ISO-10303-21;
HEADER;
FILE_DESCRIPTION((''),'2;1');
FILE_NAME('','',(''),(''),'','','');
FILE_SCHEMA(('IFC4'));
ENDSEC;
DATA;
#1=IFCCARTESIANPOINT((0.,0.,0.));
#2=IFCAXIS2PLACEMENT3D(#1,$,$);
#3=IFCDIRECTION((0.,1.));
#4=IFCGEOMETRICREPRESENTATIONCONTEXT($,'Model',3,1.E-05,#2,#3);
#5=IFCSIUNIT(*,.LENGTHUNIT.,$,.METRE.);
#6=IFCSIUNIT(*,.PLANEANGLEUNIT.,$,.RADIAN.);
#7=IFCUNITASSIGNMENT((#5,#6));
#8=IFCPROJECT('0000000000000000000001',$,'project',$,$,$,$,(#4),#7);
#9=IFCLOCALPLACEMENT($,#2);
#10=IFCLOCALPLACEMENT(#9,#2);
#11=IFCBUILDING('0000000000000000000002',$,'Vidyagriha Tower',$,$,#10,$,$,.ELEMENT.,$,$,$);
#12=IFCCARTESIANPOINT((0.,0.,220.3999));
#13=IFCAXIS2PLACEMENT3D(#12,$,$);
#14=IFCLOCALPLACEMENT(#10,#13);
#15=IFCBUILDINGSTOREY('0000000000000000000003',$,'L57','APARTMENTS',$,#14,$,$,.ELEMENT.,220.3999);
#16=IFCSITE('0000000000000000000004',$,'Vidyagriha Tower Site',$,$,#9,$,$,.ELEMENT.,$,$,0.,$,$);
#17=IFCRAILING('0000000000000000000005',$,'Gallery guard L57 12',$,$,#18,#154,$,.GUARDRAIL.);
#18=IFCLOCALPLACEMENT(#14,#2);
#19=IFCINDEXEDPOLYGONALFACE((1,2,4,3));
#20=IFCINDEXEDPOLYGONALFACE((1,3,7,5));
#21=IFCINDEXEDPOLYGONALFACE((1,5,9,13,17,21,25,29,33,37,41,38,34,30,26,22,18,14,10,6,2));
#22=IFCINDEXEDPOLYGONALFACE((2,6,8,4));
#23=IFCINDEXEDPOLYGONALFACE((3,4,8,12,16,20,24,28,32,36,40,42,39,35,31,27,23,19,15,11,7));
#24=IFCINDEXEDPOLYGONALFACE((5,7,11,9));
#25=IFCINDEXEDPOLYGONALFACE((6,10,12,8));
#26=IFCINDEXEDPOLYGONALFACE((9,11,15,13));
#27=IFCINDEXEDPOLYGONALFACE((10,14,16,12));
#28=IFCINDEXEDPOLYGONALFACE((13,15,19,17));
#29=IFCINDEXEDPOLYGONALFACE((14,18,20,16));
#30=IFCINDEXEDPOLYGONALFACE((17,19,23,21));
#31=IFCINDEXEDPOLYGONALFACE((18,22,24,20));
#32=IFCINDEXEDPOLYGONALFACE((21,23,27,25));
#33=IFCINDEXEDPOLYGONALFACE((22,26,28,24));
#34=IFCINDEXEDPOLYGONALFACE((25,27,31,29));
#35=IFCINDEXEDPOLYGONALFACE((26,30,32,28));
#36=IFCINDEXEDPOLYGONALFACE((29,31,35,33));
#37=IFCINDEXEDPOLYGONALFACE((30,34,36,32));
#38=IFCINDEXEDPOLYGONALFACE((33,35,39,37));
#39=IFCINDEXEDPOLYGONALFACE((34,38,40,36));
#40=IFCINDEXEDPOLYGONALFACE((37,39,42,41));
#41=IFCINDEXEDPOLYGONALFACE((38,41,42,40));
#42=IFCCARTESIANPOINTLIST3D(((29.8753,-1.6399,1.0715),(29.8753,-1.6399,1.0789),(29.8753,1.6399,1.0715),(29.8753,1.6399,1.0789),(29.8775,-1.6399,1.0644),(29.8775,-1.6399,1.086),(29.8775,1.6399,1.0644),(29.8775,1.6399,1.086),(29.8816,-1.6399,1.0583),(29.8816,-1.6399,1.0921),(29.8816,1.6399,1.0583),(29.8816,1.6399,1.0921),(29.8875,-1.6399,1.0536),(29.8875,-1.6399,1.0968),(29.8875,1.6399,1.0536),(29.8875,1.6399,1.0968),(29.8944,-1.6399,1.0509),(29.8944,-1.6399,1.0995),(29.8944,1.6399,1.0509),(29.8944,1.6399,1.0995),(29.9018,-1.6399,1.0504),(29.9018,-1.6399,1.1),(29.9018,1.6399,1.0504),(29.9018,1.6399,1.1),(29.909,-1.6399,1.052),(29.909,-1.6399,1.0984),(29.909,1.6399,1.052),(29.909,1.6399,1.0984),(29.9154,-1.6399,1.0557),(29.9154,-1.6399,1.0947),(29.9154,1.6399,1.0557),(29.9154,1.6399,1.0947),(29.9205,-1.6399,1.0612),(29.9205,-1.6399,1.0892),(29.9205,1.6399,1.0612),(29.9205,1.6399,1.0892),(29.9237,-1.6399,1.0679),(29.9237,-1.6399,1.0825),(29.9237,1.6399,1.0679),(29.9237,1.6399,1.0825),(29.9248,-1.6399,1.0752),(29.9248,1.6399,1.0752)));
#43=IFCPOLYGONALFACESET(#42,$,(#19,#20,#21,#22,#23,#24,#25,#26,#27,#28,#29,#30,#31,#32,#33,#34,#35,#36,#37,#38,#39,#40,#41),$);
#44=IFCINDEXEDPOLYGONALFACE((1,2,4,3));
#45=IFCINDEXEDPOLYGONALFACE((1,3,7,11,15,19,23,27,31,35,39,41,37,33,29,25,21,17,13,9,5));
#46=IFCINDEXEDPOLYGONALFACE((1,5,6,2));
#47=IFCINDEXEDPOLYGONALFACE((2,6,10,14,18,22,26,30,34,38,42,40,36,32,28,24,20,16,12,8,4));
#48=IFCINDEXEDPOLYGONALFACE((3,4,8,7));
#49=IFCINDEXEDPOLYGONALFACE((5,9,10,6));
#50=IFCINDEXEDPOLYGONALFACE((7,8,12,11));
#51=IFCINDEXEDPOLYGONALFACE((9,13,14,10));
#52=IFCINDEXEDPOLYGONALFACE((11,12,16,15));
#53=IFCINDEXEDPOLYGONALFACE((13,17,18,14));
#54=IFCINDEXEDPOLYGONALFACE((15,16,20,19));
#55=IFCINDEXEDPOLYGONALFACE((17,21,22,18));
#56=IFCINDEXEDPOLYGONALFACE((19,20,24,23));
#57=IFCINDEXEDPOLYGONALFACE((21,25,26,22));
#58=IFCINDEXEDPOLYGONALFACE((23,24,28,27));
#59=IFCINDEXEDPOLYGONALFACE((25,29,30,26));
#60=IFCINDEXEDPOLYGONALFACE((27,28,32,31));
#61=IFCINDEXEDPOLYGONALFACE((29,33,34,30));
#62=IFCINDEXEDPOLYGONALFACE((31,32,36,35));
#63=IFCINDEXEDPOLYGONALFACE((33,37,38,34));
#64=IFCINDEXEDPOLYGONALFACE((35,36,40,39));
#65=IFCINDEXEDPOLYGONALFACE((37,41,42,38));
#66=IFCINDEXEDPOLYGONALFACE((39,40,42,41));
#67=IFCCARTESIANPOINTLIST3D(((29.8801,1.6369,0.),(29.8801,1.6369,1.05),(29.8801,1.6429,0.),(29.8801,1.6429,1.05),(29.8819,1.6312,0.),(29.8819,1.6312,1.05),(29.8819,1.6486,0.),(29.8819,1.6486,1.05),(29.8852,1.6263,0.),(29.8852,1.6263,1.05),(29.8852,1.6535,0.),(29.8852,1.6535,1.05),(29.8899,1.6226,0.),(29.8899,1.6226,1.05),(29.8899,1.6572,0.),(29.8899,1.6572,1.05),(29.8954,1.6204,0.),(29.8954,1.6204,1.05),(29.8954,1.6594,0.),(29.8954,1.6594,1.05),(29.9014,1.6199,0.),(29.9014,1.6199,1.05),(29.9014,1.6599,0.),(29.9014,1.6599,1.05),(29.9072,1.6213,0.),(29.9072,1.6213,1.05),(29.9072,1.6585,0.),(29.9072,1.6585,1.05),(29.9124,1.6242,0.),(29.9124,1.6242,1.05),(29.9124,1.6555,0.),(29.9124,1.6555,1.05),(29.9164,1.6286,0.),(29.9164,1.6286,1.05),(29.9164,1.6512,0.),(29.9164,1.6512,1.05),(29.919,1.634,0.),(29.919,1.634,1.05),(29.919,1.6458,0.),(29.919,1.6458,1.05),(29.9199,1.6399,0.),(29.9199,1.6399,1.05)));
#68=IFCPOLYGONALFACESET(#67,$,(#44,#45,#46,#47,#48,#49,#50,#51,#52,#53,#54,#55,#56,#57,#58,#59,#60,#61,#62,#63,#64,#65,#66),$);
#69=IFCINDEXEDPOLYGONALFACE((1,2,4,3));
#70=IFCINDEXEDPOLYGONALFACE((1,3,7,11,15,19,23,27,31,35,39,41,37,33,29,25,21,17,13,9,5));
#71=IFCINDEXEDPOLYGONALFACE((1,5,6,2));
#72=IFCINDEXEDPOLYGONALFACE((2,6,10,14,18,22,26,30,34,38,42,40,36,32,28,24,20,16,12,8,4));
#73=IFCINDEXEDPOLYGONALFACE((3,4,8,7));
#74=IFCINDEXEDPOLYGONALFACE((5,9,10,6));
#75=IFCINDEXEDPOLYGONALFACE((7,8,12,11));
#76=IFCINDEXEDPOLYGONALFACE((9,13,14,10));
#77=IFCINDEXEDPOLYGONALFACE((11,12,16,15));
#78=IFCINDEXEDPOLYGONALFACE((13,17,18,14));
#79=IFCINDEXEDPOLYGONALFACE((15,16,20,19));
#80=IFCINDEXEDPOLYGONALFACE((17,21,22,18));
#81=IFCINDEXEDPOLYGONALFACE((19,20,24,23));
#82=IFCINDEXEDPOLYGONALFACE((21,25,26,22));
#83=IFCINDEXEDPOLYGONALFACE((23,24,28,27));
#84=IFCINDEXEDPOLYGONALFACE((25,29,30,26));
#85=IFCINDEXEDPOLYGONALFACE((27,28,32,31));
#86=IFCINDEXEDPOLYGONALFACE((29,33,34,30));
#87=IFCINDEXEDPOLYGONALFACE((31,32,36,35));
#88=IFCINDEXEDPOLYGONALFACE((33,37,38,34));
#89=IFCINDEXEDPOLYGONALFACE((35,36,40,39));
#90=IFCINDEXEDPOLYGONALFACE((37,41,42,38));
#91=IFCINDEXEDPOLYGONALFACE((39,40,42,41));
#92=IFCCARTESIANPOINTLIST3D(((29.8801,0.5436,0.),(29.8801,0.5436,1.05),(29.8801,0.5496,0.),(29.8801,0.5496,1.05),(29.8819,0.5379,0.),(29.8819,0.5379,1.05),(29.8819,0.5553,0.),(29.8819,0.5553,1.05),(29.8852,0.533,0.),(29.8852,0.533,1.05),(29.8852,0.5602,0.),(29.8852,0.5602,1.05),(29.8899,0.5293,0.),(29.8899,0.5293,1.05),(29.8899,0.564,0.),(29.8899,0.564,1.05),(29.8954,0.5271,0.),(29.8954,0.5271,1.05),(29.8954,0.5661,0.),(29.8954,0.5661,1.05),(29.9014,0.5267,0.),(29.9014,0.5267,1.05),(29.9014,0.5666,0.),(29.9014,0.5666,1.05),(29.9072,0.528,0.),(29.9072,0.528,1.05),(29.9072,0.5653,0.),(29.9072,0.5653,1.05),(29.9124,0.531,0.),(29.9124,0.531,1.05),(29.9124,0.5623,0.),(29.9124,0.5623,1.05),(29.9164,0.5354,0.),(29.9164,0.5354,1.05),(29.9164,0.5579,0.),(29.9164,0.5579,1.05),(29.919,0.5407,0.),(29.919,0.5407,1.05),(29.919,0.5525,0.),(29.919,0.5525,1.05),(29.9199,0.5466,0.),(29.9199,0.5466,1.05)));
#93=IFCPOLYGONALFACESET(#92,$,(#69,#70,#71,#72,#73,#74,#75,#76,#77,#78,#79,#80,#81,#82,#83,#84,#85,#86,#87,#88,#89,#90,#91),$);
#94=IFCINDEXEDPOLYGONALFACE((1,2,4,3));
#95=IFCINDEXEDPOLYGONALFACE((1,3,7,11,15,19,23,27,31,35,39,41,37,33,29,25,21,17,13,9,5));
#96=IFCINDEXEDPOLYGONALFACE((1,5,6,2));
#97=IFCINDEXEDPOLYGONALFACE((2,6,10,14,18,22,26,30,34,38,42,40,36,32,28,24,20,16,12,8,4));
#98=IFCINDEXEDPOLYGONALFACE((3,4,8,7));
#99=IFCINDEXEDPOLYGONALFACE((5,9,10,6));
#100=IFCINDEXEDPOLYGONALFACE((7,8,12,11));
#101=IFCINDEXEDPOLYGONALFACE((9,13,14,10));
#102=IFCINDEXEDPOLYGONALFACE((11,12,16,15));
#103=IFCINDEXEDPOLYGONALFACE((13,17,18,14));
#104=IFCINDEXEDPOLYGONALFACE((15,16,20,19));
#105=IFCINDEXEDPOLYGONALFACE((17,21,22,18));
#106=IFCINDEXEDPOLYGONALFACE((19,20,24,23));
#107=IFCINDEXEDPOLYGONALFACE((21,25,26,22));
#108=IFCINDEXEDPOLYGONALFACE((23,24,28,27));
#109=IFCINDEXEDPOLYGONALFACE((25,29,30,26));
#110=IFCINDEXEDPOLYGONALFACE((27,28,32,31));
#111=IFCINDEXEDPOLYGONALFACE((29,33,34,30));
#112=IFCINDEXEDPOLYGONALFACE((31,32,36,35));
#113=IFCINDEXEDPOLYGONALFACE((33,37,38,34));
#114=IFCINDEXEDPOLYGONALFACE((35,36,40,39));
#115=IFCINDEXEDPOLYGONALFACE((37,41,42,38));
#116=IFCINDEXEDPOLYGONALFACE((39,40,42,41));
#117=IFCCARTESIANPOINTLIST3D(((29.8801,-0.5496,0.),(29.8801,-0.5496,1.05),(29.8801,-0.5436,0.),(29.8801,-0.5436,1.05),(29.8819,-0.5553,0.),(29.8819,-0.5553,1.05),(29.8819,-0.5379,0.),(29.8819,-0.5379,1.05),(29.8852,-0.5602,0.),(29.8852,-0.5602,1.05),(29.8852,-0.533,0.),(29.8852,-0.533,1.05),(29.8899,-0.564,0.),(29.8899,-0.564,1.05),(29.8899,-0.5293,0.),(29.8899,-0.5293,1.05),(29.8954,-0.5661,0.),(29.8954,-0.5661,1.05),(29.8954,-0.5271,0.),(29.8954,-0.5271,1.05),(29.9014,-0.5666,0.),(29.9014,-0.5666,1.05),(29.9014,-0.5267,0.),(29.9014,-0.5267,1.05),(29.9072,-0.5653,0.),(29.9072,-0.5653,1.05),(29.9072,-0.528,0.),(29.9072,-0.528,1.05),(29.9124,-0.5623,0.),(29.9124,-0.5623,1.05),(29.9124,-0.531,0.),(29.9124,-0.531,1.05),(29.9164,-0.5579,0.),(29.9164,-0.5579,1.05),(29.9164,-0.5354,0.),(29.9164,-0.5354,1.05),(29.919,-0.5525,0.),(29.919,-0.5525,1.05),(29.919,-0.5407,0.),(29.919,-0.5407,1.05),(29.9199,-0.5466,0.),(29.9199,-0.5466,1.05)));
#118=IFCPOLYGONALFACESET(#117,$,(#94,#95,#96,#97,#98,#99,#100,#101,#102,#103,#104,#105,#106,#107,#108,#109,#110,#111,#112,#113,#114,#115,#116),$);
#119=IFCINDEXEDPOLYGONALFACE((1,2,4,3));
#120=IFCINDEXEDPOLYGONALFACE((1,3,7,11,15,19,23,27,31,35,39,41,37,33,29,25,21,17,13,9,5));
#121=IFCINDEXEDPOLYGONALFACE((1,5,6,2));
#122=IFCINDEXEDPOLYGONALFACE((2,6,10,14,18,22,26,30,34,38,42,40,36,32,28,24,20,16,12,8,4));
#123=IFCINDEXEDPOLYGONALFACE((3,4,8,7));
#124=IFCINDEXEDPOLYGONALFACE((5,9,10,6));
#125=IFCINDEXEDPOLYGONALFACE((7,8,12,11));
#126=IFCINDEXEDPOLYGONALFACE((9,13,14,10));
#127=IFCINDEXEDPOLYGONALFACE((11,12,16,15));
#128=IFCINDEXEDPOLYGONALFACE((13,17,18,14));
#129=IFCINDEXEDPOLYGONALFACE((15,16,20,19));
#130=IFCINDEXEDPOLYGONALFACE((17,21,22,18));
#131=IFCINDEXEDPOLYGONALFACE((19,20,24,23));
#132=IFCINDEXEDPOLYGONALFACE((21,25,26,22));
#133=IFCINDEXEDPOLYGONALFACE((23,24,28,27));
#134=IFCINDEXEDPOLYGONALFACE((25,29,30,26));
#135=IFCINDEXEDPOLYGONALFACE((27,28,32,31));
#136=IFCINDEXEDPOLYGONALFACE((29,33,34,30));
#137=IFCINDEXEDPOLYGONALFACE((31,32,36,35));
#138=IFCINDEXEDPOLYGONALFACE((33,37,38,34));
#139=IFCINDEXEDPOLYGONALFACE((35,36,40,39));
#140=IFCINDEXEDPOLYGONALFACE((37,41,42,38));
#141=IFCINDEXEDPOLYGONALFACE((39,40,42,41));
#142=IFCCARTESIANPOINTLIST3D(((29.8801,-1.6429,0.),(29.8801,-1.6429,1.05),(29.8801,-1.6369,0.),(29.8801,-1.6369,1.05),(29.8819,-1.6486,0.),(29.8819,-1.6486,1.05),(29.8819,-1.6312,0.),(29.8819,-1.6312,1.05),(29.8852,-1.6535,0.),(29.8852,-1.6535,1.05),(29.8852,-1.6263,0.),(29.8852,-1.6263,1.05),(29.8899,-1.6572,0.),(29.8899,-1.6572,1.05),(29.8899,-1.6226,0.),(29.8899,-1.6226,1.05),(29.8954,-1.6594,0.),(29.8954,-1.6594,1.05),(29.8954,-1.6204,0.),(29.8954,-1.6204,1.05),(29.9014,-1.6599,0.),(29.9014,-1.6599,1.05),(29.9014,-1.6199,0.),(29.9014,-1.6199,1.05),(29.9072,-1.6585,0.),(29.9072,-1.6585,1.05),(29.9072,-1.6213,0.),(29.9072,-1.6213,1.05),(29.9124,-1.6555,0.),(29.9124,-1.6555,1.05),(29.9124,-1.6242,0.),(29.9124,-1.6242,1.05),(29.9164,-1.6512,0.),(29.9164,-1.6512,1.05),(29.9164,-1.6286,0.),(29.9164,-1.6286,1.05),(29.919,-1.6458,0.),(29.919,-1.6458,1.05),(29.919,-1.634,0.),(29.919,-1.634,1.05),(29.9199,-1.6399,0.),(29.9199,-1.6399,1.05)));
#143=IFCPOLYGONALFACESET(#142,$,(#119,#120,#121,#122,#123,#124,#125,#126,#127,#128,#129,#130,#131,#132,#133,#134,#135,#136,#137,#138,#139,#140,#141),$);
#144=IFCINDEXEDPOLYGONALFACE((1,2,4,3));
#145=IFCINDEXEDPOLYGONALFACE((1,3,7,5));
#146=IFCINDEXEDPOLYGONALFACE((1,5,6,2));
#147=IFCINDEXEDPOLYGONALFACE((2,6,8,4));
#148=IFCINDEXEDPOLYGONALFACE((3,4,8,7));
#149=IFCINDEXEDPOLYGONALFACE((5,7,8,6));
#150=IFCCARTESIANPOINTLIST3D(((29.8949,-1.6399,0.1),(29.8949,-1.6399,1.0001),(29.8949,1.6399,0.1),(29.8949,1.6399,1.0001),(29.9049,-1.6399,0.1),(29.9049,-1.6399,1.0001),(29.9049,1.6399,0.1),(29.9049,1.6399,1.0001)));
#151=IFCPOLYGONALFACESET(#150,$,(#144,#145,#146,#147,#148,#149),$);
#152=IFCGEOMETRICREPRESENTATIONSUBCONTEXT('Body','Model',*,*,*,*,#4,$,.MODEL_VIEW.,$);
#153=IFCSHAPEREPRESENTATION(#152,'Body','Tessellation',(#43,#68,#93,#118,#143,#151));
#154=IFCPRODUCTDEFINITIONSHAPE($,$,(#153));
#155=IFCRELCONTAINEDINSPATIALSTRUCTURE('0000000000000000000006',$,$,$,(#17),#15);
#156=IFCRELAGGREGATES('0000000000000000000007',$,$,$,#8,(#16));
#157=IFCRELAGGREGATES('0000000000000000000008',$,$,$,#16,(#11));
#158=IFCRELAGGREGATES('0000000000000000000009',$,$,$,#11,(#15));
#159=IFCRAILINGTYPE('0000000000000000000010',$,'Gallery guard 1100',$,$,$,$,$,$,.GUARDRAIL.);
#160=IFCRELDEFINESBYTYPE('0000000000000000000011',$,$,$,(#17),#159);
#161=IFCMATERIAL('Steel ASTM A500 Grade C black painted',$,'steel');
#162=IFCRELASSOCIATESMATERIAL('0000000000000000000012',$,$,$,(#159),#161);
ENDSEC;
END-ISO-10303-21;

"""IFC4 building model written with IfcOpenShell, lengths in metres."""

from ifc_helpers import new_model, si_unit, direction, frame, origin, origin_2d, place, context, subcontext, project, spatial, rectangle, circle, extrude, material, type_object, element, save


model = new_model("IFC4")

# Units and contexts
model_context = context("Model", 3, precision=1e-05, world=origin(), true_north=direction((0.0, 1.0)))
body_context = subcontext(model_context, "Body", "Model", "MODEL_VIEW")
ifc_project = project(units=[si_unit("LENGTHUNIT", "METRE"), si_unit("PLANEANGLEUNIT", "RADIAN")], contexts=[model_context])

# Site, building, storey
site_placement = place(None, origin())
site = spatial("IfcSite", under=ifc_project, at=site_placement, Name="Vidyagriha Tower Site", CompositionType="ELEMENT", RefElevation=0.0)
building_placement = place(site_placement, origin())
building = spatial("IfcBuilding", under=site, at=building_placement, Name="Vidyagriha Tower", CompositionType="ELEMENT")
storey_placement = place(building_placement, frame((0.0, 0.0, 220.3999)))
storey = spatial("IfcBuildingStorey", under=building, at=storey_placement, Name="L57", Description="APARTMENTS", CompositionType="ELEMENT", Elevation=220.3999)

# Railing
ifc_material_1 = material(Name="Steel ASTM A500 Grade C black painted", Category="steel")
railing_type_1 = type_object("IfcRailingType", Name="Gallery guard 1100", PredefinedType="GUARDRAIL", material=ifc_material_1)
railing_1_placement = place(storey_placement, frame((29.8999, 1.6399, 0.0)))
element("IfcRailing", 1, at=railing_1_placement, inside=storey, type_object=railing_type_1, Name="Gallery guard L57 12", PredefinedType="GUARDRAIL", context=body_context, shape_type="SweptSolid", body=[
    extrude(circle(Radius=0.0249, at=origin_2d()), frame((0.0, 0.0, 1.0752), z_axis=(0.0, -1.0, 0.0), x_axis=(1.0, 0.0, 0.0)), (0.0, 0.0, 1.0), 3.2798),
    extrude(circle(Radius=0.02, at=origin_2d()), origin(), (0.0, 0.0, 1.0), 1.05),
    extrude(circle(Radius=0.02, at=origin_2d()), frame((0.0, -1.0933, 0.0)), (0.0, 0.0, 1.0), 1.05),
    extrude(circle(Radius=0.02, at=origin_2d()), frame((0.0, -2.1865, 0.0)), (0.0, 0.0, 1.0), 1.05),
    extrude(circle(Radius=0.02, at=origin_2d()), frame((0.0, -3.2798, 0.0)), (0.0, 0.0, 1.0), 1.05),
    extrude(rectangle(XDim=0.01, YDim=0.9001, at=origin_2d()), frame((0.0, 0.0, 0.55), z_axis=(0.0, -1.0, 0.0), x_axis=(1.0, 0.0, 0.0)), (0.0, 0.0, 1.0), 3.2798),
])

save(model, "model.ifc")
